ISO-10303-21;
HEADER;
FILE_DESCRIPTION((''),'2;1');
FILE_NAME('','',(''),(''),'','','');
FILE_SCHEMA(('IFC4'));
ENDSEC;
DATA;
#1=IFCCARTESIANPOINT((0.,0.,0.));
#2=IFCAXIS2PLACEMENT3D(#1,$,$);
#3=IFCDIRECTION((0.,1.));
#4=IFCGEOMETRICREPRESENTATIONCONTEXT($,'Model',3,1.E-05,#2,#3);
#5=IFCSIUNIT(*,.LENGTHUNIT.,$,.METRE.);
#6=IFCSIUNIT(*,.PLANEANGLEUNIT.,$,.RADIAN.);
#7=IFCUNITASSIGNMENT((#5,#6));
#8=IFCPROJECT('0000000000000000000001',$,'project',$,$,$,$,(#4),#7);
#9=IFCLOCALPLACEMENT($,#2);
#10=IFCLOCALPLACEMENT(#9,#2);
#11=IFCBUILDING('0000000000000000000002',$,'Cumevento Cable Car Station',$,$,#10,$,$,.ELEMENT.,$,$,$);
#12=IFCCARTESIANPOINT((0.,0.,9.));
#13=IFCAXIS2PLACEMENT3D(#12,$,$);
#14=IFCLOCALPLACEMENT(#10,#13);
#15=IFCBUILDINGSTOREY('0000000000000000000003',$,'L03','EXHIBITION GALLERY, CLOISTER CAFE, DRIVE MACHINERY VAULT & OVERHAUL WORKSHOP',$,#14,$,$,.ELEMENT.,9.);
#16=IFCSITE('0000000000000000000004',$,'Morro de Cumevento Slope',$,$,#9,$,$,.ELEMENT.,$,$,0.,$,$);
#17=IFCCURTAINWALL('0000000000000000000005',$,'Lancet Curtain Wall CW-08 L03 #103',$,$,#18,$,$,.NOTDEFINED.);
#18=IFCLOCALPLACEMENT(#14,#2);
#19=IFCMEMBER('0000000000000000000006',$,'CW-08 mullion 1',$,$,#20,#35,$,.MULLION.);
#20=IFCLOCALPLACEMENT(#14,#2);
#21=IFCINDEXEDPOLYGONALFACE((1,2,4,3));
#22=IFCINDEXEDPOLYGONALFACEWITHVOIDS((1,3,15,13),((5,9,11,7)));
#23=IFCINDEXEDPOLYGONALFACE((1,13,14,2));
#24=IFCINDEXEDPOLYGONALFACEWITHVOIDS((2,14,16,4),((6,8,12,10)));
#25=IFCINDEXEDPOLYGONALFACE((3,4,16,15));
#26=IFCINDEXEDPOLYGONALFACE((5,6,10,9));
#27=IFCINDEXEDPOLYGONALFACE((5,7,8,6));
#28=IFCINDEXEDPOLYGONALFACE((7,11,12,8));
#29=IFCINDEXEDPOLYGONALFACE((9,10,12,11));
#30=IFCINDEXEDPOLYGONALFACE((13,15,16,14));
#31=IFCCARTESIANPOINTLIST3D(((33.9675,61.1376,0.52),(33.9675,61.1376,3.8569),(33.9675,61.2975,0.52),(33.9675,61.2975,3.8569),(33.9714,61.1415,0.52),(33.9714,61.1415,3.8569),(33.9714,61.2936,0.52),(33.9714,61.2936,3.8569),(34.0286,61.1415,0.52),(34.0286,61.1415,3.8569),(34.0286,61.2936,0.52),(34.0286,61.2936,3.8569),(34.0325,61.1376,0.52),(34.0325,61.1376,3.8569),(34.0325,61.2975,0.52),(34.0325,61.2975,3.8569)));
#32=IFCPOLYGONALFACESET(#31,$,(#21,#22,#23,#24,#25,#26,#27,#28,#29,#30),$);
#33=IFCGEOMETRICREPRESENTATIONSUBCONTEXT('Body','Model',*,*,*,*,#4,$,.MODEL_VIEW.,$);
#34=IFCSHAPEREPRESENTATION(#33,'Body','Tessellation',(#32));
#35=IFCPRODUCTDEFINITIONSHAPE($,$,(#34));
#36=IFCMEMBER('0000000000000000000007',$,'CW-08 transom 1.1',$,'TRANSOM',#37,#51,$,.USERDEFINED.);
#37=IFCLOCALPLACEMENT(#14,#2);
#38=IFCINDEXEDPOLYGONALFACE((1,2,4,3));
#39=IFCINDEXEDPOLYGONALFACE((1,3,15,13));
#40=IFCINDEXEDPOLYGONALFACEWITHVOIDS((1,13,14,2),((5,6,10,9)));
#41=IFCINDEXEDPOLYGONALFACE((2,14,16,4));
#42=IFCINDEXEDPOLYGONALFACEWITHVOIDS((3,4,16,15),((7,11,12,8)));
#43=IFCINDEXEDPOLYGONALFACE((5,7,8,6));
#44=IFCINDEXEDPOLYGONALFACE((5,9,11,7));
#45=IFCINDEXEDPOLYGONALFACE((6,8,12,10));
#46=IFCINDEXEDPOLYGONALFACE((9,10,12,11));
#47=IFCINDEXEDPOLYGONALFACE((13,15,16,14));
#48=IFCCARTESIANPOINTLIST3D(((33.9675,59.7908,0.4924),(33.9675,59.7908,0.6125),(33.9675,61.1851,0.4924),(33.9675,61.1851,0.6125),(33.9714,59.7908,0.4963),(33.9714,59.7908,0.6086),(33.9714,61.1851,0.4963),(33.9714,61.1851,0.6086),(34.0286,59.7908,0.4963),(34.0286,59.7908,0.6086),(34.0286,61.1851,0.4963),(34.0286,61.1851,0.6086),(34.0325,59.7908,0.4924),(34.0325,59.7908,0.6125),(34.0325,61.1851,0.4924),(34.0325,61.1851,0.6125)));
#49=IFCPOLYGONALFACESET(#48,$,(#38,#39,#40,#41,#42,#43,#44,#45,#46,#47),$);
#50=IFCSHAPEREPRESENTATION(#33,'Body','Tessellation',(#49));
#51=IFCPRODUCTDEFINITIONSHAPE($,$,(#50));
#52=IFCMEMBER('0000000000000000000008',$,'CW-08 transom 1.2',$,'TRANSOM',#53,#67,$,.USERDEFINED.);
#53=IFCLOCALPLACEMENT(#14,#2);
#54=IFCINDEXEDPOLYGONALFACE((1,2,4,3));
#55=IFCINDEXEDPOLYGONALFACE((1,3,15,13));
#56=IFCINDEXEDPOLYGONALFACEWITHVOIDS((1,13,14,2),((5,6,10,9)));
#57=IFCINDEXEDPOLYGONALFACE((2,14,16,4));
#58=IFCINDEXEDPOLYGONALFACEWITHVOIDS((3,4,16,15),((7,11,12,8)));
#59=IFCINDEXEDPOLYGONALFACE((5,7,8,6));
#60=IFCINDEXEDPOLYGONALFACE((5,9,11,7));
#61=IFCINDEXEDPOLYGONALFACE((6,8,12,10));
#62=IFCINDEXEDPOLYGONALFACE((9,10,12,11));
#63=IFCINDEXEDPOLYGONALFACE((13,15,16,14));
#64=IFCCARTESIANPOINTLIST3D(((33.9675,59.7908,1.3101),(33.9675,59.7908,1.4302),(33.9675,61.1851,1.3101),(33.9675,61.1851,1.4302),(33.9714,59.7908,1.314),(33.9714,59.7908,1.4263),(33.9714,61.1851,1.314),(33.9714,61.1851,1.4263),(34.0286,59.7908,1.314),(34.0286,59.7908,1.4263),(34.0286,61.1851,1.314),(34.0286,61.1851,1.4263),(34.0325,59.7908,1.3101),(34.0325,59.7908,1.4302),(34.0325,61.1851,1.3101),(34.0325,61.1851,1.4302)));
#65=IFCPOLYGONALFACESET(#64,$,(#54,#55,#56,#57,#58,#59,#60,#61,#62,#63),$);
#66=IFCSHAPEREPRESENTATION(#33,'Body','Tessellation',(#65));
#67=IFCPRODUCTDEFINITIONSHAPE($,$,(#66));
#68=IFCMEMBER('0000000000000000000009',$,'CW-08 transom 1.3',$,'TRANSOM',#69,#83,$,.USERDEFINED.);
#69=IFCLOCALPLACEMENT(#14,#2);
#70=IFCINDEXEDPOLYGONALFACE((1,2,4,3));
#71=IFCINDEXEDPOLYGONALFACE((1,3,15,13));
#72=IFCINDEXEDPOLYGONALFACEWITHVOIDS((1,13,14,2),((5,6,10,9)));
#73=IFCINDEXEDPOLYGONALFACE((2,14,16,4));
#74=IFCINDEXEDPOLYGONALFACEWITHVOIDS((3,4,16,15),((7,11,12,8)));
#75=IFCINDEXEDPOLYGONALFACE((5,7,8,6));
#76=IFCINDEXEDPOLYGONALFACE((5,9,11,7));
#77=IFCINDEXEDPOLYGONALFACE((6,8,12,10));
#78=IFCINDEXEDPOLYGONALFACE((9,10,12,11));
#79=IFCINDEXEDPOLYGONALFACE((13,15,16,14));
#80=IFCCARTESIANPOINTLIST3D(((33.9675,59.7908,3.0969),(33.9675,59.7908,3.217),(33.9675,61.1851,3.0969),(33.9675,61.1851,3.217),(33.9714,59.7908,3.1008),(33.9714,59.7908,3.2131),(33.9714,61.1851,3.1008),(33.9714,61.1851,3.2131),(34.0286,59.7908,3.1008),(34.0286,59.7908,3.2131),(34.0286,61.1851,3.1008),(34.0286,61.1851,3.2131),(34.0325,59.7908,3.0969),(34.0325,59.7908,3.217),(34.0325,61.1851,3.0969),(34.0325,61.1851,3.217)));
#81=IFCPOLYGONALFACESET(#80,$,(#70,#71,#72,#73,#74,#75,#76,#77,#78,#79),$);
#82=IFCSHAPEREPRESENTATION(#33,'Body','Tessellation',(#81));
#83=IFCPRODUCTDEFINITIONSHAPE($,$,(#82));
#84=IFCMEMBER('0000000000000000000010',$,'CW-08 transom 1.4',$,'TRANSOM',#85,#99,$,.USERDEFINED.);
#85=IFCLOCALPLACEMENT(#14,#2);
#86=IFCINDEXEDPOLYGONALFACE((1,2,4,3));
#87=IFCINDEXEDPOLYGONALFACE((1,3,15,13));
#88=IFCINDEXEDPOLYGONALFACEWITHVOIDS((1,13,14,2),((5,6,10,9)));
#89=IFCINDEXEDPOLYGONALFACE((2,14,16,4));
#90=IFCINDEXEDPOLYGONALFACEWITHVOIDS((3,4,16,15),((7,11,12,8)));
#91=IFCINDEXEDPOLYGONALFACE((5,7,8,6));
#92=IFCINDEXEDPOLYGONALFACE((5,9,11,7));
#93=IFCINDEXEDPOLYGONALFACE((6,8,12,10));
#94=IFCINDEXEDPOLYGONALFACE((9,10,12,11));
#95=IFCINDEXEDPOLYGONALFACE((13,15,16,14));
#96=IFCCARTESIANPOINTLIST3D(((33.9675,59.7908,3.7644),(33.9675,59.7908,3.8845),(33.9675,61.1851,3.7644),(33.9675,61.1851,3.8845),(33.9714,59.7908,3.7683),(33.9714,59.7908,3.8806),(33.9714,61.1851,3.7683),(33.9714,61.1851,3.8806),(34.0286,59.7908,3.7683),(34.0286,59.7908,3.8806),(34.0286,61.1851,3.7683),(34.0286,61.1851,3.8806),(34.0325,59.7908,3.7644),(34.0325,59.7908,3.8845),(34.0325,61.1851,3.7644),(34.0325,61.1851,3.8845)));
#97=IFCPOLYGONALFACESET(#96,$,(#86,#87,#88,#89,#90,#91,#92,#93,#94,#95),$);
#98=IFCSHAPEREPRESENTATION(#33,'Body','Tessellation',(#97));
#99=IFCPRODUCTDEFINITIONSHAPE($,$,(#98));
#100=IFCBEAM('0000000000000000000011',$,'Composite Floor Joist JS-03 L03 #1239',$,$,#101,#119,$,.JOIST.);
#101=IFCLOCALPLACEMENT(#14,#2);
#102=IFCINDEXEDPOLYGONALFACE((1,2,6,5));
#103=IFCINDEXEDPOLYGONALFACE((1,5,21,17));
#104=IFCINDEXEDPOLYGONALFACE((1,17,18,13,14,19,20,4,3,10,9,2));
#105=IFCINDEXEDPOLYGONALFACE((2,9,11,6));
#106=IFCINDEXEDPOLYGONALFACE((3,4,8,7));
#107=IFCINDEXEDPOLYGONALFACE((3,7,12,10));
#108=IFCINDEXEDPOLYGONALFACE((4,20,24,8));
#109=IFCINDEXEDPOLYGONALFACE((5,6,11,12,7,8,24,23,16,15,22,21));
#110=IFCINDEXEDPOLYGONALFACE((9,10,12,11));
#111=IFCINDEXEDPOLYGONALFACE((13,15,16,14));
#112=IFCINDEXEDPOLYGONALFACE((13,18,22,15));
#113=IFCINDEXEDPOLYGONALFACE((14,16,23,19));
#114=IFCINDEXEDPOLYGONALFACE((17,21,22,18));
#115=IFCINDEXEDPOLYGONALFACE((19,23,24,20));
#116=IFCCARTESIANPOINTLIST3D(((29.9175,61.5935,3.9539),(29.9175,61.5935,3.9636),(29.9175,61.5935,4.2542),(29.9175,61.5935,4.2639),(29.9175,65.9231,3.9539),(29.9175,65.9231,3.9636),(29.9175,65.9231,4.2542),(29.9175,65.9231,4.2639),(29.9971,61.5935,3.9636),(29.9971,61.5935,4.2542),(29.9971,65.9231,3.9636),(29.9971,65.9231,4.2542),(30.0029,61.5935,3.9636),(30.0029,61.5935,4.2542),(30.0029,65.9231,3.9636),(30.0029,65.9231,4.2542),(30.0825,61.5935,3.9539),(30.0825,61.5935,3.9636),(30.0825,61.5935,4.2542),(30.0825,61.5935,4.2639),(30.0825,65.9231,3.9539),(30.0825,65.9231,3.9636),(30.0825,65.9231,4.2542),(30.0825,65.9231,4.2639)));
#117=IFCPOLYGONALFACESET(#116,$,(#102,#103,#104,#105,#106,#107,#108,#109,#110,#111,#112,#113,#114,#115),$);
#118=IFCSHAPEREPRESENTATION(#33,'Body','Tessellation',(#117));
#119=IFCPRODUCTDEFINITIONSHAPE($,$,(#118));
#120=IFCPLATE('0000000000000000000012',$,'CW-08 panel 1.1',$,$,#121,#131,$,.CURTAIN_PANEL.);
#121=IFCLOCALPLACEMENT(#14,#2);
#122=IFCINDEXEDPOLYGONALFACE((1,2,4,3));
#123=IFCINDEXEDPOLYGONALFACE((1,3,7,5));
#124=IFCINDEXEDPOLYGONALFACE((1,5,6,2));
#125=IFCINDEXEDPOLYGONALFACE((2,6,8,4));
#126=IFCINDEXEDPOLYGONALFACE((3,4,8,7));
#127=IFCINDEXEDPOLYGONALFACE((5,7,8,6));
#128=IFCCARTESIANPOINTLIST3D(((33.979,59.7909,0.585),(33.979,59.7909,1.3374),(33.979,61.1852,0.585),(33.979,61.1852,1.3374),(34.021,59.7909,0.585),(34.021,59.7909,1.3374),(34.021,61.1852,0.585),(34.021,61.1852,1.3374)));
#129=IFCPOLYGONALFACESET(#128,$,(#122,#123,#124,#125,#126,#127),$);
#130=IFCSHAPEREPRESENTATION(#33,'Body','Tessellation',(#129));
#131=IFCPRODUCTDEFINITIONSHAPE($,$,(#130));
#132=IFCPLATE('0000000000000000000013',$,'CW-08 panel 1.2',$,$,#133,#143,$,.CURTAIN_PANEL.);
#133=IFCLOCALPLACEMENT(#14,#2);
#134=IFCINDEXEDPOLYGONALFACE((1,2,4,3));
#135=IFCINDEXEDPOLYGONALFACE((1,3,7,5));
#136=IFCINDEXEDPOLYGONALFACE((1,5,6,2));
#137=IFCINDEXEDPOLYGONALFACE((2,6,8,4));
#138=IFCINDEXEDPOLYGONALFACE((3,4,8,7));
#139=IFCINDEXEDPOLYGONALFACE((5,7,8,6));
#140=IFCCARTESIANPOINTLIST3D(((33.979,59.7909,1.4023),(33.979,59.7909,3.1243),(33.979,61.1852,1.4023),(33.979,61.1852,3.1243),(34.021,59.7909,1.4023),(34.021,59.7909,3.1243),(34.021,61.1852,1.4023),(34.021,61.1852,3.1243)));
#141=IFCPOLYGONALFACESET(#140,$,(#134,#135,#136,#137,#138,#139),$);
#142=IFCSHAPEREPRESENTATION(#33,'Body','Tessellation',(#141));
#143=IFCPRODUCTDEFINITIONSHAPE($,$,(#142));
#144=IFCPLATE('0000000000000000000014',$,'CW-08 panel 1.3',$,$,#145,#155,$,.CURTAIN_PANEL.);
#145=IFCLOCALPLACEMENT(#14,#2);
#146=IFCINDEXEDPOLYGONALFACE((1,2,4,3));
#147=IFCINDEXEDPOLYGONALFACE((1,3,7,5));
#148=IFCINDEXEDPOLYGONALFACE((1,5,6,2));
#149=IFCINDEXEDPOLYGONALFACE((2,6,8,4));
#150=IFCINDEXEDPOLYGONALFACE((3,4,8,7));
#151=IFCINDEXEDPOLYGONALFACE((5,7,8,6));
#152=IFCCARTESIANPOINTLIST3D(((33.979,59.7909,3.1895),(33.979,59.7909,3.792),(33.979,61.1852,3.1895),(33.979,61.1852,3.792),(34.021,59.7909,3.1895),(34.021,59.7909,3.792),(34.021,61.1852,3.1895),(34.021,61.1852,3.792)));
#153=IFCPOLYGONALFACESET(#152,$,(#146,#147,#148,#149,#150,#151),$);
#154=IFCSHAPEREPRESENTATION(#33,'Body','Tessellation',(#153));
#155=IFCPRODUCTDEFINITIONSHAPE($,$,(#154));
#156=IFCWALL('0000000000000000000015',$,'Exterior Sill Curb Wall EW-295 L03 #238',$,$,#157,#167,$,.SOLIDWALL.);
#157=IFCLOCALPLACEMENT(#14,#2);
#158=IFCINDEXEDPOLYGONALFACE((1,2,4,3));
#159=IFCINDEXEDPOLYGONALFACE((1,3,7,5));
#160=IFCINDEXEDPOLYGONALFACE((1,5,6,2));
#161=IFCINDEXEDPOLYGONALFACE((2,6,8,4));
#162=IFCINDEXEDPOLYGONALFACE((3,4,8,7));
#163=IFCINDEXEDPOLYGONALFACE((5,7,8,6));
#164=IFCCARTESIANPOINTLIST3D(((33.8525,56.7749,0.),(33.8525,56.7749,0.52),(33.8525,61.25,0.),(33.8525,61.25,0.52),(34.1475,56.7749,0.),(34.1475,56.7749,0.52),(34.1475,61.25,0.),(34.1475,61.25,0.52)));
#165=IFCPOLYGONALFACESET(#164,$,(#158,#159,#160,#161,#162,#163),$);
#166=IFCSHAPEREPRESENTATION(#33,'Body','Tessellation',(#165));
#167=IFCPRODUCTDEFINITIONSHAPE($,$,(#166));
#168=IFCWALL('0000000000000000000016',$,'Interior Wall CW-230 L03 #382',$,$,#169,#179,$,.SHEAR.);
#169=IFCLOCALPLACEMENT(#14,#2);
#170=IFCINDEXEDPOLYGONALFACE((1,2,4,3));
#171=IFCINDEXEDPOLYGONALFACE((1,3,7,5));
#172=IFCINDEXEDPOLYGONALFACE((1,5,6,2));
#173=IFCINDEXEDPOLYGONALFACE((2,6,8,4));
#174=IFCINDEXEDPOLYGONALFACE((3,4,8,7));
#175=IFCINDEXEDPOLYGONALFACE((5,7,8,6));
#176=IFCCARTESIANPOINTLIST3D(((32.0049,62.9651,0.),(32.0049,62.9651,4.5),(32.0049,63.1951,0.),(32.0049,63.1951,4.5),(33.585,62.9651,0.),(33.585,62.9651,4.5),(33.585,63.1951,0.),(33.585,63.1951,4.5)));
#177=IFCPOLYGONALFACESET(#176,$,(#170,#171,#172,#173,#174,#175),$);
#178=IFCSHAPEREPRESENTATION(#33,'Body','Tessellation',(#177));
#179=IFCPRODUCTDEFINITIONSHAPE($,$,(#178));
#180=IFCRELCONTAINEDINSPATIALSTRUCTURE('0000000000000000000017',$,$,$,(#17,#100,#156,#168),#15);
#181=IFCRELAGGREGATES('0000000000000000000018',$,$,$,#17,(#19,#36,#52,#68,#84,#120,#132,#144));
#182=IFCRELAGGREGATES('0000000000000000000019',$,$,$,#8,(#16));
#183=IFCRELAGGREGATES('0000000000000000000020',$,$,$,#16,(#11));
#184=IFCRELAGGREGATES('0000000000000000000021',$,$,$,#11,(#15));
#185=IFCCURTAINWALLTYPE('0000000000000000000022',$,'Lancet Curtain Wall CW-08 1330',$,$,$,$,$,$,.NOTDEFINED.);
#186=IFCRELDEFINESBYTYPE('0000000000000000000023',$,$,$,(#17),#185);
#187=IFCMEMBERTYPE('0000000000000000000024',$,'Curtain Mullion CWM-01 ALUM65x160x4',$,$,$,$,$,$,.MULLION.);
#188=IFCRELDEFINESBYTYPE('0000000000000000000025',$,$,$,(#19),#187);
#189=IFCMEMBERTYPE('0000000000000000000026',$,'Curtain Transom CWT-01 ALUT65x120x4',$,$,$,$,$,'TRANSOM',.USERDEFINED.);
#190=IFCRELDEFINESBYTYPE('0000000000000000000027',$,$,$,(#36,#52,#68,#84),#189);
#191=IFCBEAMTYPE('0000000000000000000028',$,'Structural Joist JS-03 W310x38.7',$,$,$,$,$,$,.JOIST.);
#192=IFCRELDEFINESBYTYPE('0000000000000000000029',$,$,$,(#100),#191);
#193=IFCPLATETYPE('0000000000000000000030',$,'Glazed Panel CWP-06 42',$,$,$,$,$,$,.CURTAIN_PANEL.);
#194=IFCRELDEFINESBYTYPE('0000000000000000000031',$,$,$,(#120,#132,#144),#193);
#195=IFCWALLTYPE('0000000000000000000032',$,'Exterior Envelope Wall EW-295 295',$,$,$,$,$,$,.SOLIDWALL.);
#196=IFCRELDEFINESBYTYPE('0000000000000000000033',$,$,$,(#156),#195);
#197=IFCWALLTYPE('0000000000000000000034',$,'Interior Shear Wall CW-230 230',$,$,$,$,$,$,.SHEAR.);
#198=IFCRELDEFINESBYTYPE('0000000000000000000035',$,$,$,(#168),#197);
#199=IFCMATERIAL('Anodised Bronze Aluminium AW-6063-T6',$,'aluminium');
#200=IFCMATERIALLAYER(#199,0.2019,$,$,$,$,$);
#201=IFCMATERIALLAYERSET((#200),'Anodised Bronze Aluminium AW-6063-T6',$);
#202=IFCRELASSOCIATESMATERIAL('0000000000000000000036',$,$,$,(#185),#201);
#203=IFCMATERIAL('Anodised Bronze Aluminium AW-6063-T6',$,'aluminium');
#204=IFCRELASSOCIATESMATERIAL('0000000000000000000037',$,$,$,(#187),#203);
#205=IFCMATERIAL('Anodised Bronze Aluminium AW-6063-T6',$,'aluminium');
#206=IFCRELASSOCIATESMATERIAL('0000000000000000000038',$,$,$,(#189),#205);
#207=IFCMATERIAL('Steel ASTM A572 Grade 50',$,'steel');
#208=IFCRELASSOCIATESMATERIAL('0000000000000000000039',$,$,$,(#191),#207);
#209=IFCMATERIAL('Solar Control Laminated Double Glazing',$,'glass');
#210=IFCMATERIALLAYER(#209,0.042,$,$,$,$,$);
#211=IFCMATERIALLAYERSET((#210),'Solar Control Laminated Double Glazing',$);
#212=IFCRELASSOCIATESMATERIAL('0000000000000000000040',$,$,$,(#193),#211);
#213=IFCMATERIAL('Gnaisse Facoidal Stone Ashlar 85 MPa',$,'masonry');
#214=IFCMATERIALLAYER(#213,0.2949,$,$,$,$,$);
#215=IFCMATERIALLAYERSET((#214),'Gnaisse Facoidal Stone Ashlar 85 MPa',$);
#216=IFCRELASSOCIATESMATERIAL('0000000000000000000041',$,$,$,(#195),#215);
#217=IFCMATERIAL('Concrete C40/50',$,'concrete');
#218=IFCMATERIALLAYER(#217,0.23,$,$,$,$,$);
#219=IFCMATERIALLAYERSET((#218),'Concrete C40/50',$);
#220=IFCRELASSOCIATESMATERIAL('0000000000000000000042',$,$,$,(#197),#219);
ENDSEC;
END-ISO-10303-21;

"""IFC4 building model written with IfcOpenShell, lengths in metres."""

from ifc_helpers import new_model, si_unit, direction, frame, frame_2d, origin, origin_2d, place, context, subcontext, project, spatial, rectangle, hollow_rectangle, i_section, extrude, material, layer, layer_set, material_profile, profile_set, type_object, element, aggregate, save


model = new_model("IFC4")

# Units and contexts
model_context = context("Model", 3, precision=1e-05, world=origin(), true_north=direction((0.0, 1.0)))
body_context = subcontext(model_context, "Body", "Model", "MODEL_VIEW")
ifc_project = project(units=[si_unit("LENGTHUNIT", "METRE"), si_unit("PLANEANGLEUNIT", "RADIAN")], contexts=[model_context])

# Site, building, storey
site_placement = place(None, origin())
site = spatial("IfcSite", under=ifc_project, at=site_placement, Name="Morro de Cumevento Slope", CompositionType="ELEMENT", RefElevation=0.0)
building_placement = place(site_placement, origin())
building = spatial("IfcBuilding", under=site, at=building_placement, Name="Cumevento Cable Car Station", CompositionType="ELEMENT")
storey_placement = place(building_placement, frame((0.0, 0.0, 9.0)))
storey = spatial("IfcBuildingStorey", under=building, at=storey_placement, Name="L03", Description="EXHIBITION GALLERY, CLOISTER CAFE, DRIVE MACHINERY VAULT & OVERHAUL WORKSHOP", CompositionType="ELEMENT", Elevation=9.0)

# Curtain wall, members
ifc_material_1 = material(Name="Anodised Bronze Aluminium AW-6063-T6", Category="aluminium")
ifc_layer_1 = layer(ifc_material_1, 0.2019)
ifc_layer_set_1 = layer_set([ifc_layer_1], Name="Anodised Bronze Aluminium AW-6063-T6")
curtain_wall_type = type_object("IfcCurtainWallType", Name="Lancet Curtain Wall CW-08 1330", PredefinedType="NOTDEFINED", material=ifc_layer_set_1)
curtain_wall_placement = place(storey_placement, origin())
curtain_wall = element("IfcCurtainWall", 1, at=curtain_wall_placement, inside=storey, type_object=curtain_wall_type, Name="Lancet Curtain Wall CW-08 L03 #103", PredefinedType="NOTDEFINED")
ifc_material_2 = material(Name="Anodised Bronze Aluminium AW-6063-T6", Category="aluminium")
ifc_material_profile_1 = material_profile(ifc_material_2, hollow_rectangle(XDim=0.0649, YDim=0.1599, WallThickness=0.0039, at=origin_2d()), Name="ALUM65x160x4")
ifc_profile_set_1 = profile_set([ifc_material_profile_1], Name="Anodised Bronze Aluminium AW-6063-T6")
member_type_1 = type_object("IfcMemberType", Name="Curtain Mullion CWM-01 ALUM65x160x4", PredefinedType="MULLION", material=ifc_profile_set_1)
member_1_placement = place(storey_placement, frame((34.0, 61.2175, 0.52), z_axis=(0.0, 0.0, 1.0), x_axis=(1.0, 0.0, 0.0)))
member_1 = element("IfcMember", 2, at=member_1_placement, type_object=member_type_1, Name="CW-08 mullion 1", PredefinedType="MULLION", context=body_context, shape_type="SweptSolid", body=[
    extrude(hollow_rectangle(XDim=0.0649, YDim=0.1599, WallThickness=0.0039, at=origin_2d()), origin(), (0.0, 0.0, 1.0), 3.3369),
])
ifc_material_3 = material(Name="Anodised Bronze Aluminium AW-6063-T6", Category="aluminium")
ifc_material_profile_2 = material_profile(ifc_material_3, hollow_rectangle(XDim=0.0649, YDim=0.1201, WallThickness=0.0039, at=origin_2d()), Name="ALUT65x120x4")
ifc_profile_set_2 = profile_set([ifc_material_profile_2], Name="Anodised Bronze Aluminium AW-6063-T6")
member_type_2 = type_object("IfcMemberType", Name="Curtain Transom CWT-01 ALUT65x120x4", ElementType="TRANSOM", PredefinedType="USERDEFINED", material=ifc_profile_set_2)
member_2_placement = place(storey_placement, frame((34.0, 61.1851, 0.5525), z_axis=(0.0, -1.0, 0.0), x_axis=(1.0, 0.0, 0.0)))
member_2 = element("IfcMember", 3, at=member_2_placement, type_object=member_type_2, Name="CW-08 transom 1.1", ObjectType="TRANSOM", PredefinedType="USERDEFINED", context=body_context, shape_type="SweptSolid", body=[
    extrude(hollow_rectangle(XDim=0.0649, YDim=0.1201, WallThickness=0.0039, at=origin_2d()), origin(), (0.0, 0.0, 1.0), 1.3943),
])
member_3_placement = place(storey_placement, frame((34.0, 61.1851, 1.3701), z_axis=(0.0, -1.0, 0.0), x_axis=(1.0, 0.0, 0.0)))
member_3 = element("IfcMember", 4, at=member_3_placement, type_object=member_type_2, Name="CW-08 transom 1.2", ObjectType="TRANSOM", PredefinedType="USERDEFINED", context=body_context, shape_type="SweptSolid", body=[
    extrude(hollow_rectangle(XDim=0.0649, YDim=0.1201, WallThickness=0.0039, at=origin_2d()), origin(), (0.0, 0.0, 1.0), 1.3943),
])
member_4_placement = place(storey_placement, frame((34.0, 61.1851, 3.157), z_axis=(0.0, -1.0, 0.0), x_axis=(1.0, 0.0, 0.0)))
member_4 = element("IfcMember", 5, at=member_4_placement, type_object=member_type_2, Name="CW-08 transom 1.3", ObjectType="TRANSOM", PredefinedType="USERDEFINED", context=body_context, shape_type="SweptSolid", body=[
    extrude(hollow_rectangle(XDim=0.0649, YDim=0.1201, WallThickness=0.0039, at=origin_2d()), origin(), (0.0, 0.0, 1.0), 1.3943),
])
member_5_placement = place(storey_placement, frame((34.0, 61.1851, 3.8245), z_axis=(0.0, -1.0, 0.0), x_axis=(1.0, 0.0, 0.0)))
member_5 = element("IfcMember", 6, at=member_5_placement, type_object=member_type_2, Name="CW-08 transom 1.4", ObjectType="TRANSOM", PredefinedType="USERDEFINED", context=body_context, shape_type="SweptSolid", body=[
    extrude(hollow_rectangle(XDim=0.0649, YDim=0.1201, WallThickness=0.0039, at=origin_2d()), origin(), (0.0, 0.0, 1.0), 1.3943),
])

# Beam
ifc_material_4 = material(Name="Steel ASTM A572 Grade 50", Category="steel")
ifc_material_profile_3 = material_profile(ifc_material_4, i_section(OverallWidth=0.165, OverallDepth=0.3101, WebThickness=0.0059, FlangeThickness=0.0098, at=origin_2d()), Name="W310x38.7")
ifc_profile_set_3 = profile_set([ifc_material_profile_3], Name="Steel ASTM A572 Grade 50")
beam_type = type_object("IfcBeamType", Name="Structural Joist JS-03 W310x38.7", PredefinedType="JOIST", material=ifc_profile_set_3)
beam_placement = place(storey_placement, frame((30.0, 61.5935, 4.1089), z_axis=(0.0, 1.0, 0.0), x_axis=(-1.0, 0.0, 0.0)))
element("IfcBeam", 7, at=beam_placement, inside=storey, type_object=beam_type, Name="Composite Floor Joist JS-03 L03 #1239", PredefinedType="JOIST", context=body_context, shape_type="SweptSolid", body=[
    extrude(i_section(OverallWidth=0.165, OverallDepth=0.3101, WebThickness=0.0059, FlangeThickness=0.0098, at=origin_2d()), origin(), (0.0, 0.0, 1.0), 4.3296),
])

# Plates
ifc_material_5 = material(Name="Solar Control Laminated Double Glazing", Category="glass")
ifc_layer_2 = layer(ifc_material_5, 0.042)
ifc_layer_set_2 = layer_set([ifc_layer_2], Name="Solar Control Laminated Double Glazing")
plate_type = type_object("IfcPlateType", Name="Glazed Panel CWP-06 42", PredefinedType="CURTAIN_PANEL", material=ifc_layer_set_2)
plate_1_placement = place(storey_placement, frame((34.0, 60.488, 0.585), z_axis=(0.0, 0.0, 1.0), x_axis=(0.0, -1.0, 0.0)))
plate_1 = element("IfcPlate", 8, at=plate_1_placement, type_object=plate_type, Name="CW-08 panel 1.1", PredefinedType="CURTAIN_PANEL", context=body_context, shape_type="SweptSolid", body=[
    extrude(rectangle(XDim=1.3943, YDim=0.042, at=origin_2d()), origin(), (0.0, 0.0, 1.0), 0.7524),
])
plate_2_placement = place(storey_placement, frame((34.0, 60.488, 1.4023), z_axis=(0.0, 0.0, 1.0), x_axis=(0.0, -1.0, 0.0)))
plate_2 = element("IfcPlate", 9, at=plate_2_placement, type_object=plate_type, Name="CW-08 panel 1.2", PredefinedType="CURTAIN_PANEL", context=body_context, shape_type="SweptSolid", body=[
    extrude(rectangle(XDim=1.3943, YDim=0.042, at=origin_2d()), origin(), (0.0, 0.0, 1.0), 1.7219),
])
plate_3_placement = place(storey_placement, frame((34.0, 60.488, 3.1895), z_axis=(0.0, 0.0, 1.0), x_axis=(0.0, -1.0, 0.0)))
plate_3 = element("IfcPlate", 10, at=plate_3_placement, type_object=plate_type, Name="CW-08 panel 1.3", PredefinedType="CURTAIN_PANEL", context=body_context, shape_type="SweptSolid", body=[
    extrude(rectangle(XDim=1.3943, YDim=0.042, at=origin_2d()), origin(), (0.0, 0.0, 1.0), 0.6025),
])
aggregate(curtain_wall, [member_1, member_2, member_3, member_4, member_5, plate_1, plate_2, plate_3])

# Walls
ifc_material_6 = material(Name="Gnaisse Facoidal Stone Ashlar 85 MPa", Category="masonry")
ifc_layer_3 = layer(ifc_material_6, 0.2949)
ifc_layer_set_3 = layer_set([ifc_layer_3], Name="Gnaisse Facoidal Stone Ashlar 85 MPa")
wall_type_1 = type_object("IfcWallType", Name="Exterior Envelope Wall EW-295 295", PredefinedType="SOLIDWALL", material=ifc_layer_set_3)
wall_1_placement = place(storey_placement, frame((34.0, 61.25, 0.0), z_axis=(0.0, 0.0, 1.0), x_axis=(0.0, -1.0, 0.0)))
element("IfcWall", 11, at=wall_1_placement, inside=storey, type_object=wall_type_1, Name="Exterior Sill Curb Wall EW-295 L03 #238", PredefinedType="SOLIDWALL", context=body_context, shape_type="SweptSolid", body=[
    extrude(rectangle(XDim=4.4751, YDim=0.2949, at=frame_2d((2.2375, 0.0))), origin(), (0.0, 0.0, 1.0), 0.52),
])
ifc_material_7 = material(Name="Concrete C40/50", Category="concrete")
ifc_layer_4 = layer(ifc_material_7, 0.23)
ifc_layer_set_4 = layer_set([ifc_layer_4], Name="Concrete C40/50")
wall_type_2 = type_object("IfcWallType", Name="Interior Shear Wall CW-230 230", PredefinedType="SHEAR", material=ifc_layer_set_4)
wall_2_placement = place(storey_placement, frame((32.0049, 63.0801, 0.0), z_axis=(0.0, 0.0, 1.0), x_axis=(1.0, 0.0, 0.0)))
element("IfcWall", 12, at=wall_2_placement, inside=storey, type_object=wall_type_2, Name="Interior Wall CW-230 L03 #382", PredefinedType="SHEAR", context=body_context, shape_type="SweptSolid", body=[
    extrude(rectangle(XDim=1.5801, YDim=0.23, at=frame_2d((0.79, 0.0))), origin(), (0.0, 0.0, 1.0), 4.5),
])

save(model, "model.ifc")
